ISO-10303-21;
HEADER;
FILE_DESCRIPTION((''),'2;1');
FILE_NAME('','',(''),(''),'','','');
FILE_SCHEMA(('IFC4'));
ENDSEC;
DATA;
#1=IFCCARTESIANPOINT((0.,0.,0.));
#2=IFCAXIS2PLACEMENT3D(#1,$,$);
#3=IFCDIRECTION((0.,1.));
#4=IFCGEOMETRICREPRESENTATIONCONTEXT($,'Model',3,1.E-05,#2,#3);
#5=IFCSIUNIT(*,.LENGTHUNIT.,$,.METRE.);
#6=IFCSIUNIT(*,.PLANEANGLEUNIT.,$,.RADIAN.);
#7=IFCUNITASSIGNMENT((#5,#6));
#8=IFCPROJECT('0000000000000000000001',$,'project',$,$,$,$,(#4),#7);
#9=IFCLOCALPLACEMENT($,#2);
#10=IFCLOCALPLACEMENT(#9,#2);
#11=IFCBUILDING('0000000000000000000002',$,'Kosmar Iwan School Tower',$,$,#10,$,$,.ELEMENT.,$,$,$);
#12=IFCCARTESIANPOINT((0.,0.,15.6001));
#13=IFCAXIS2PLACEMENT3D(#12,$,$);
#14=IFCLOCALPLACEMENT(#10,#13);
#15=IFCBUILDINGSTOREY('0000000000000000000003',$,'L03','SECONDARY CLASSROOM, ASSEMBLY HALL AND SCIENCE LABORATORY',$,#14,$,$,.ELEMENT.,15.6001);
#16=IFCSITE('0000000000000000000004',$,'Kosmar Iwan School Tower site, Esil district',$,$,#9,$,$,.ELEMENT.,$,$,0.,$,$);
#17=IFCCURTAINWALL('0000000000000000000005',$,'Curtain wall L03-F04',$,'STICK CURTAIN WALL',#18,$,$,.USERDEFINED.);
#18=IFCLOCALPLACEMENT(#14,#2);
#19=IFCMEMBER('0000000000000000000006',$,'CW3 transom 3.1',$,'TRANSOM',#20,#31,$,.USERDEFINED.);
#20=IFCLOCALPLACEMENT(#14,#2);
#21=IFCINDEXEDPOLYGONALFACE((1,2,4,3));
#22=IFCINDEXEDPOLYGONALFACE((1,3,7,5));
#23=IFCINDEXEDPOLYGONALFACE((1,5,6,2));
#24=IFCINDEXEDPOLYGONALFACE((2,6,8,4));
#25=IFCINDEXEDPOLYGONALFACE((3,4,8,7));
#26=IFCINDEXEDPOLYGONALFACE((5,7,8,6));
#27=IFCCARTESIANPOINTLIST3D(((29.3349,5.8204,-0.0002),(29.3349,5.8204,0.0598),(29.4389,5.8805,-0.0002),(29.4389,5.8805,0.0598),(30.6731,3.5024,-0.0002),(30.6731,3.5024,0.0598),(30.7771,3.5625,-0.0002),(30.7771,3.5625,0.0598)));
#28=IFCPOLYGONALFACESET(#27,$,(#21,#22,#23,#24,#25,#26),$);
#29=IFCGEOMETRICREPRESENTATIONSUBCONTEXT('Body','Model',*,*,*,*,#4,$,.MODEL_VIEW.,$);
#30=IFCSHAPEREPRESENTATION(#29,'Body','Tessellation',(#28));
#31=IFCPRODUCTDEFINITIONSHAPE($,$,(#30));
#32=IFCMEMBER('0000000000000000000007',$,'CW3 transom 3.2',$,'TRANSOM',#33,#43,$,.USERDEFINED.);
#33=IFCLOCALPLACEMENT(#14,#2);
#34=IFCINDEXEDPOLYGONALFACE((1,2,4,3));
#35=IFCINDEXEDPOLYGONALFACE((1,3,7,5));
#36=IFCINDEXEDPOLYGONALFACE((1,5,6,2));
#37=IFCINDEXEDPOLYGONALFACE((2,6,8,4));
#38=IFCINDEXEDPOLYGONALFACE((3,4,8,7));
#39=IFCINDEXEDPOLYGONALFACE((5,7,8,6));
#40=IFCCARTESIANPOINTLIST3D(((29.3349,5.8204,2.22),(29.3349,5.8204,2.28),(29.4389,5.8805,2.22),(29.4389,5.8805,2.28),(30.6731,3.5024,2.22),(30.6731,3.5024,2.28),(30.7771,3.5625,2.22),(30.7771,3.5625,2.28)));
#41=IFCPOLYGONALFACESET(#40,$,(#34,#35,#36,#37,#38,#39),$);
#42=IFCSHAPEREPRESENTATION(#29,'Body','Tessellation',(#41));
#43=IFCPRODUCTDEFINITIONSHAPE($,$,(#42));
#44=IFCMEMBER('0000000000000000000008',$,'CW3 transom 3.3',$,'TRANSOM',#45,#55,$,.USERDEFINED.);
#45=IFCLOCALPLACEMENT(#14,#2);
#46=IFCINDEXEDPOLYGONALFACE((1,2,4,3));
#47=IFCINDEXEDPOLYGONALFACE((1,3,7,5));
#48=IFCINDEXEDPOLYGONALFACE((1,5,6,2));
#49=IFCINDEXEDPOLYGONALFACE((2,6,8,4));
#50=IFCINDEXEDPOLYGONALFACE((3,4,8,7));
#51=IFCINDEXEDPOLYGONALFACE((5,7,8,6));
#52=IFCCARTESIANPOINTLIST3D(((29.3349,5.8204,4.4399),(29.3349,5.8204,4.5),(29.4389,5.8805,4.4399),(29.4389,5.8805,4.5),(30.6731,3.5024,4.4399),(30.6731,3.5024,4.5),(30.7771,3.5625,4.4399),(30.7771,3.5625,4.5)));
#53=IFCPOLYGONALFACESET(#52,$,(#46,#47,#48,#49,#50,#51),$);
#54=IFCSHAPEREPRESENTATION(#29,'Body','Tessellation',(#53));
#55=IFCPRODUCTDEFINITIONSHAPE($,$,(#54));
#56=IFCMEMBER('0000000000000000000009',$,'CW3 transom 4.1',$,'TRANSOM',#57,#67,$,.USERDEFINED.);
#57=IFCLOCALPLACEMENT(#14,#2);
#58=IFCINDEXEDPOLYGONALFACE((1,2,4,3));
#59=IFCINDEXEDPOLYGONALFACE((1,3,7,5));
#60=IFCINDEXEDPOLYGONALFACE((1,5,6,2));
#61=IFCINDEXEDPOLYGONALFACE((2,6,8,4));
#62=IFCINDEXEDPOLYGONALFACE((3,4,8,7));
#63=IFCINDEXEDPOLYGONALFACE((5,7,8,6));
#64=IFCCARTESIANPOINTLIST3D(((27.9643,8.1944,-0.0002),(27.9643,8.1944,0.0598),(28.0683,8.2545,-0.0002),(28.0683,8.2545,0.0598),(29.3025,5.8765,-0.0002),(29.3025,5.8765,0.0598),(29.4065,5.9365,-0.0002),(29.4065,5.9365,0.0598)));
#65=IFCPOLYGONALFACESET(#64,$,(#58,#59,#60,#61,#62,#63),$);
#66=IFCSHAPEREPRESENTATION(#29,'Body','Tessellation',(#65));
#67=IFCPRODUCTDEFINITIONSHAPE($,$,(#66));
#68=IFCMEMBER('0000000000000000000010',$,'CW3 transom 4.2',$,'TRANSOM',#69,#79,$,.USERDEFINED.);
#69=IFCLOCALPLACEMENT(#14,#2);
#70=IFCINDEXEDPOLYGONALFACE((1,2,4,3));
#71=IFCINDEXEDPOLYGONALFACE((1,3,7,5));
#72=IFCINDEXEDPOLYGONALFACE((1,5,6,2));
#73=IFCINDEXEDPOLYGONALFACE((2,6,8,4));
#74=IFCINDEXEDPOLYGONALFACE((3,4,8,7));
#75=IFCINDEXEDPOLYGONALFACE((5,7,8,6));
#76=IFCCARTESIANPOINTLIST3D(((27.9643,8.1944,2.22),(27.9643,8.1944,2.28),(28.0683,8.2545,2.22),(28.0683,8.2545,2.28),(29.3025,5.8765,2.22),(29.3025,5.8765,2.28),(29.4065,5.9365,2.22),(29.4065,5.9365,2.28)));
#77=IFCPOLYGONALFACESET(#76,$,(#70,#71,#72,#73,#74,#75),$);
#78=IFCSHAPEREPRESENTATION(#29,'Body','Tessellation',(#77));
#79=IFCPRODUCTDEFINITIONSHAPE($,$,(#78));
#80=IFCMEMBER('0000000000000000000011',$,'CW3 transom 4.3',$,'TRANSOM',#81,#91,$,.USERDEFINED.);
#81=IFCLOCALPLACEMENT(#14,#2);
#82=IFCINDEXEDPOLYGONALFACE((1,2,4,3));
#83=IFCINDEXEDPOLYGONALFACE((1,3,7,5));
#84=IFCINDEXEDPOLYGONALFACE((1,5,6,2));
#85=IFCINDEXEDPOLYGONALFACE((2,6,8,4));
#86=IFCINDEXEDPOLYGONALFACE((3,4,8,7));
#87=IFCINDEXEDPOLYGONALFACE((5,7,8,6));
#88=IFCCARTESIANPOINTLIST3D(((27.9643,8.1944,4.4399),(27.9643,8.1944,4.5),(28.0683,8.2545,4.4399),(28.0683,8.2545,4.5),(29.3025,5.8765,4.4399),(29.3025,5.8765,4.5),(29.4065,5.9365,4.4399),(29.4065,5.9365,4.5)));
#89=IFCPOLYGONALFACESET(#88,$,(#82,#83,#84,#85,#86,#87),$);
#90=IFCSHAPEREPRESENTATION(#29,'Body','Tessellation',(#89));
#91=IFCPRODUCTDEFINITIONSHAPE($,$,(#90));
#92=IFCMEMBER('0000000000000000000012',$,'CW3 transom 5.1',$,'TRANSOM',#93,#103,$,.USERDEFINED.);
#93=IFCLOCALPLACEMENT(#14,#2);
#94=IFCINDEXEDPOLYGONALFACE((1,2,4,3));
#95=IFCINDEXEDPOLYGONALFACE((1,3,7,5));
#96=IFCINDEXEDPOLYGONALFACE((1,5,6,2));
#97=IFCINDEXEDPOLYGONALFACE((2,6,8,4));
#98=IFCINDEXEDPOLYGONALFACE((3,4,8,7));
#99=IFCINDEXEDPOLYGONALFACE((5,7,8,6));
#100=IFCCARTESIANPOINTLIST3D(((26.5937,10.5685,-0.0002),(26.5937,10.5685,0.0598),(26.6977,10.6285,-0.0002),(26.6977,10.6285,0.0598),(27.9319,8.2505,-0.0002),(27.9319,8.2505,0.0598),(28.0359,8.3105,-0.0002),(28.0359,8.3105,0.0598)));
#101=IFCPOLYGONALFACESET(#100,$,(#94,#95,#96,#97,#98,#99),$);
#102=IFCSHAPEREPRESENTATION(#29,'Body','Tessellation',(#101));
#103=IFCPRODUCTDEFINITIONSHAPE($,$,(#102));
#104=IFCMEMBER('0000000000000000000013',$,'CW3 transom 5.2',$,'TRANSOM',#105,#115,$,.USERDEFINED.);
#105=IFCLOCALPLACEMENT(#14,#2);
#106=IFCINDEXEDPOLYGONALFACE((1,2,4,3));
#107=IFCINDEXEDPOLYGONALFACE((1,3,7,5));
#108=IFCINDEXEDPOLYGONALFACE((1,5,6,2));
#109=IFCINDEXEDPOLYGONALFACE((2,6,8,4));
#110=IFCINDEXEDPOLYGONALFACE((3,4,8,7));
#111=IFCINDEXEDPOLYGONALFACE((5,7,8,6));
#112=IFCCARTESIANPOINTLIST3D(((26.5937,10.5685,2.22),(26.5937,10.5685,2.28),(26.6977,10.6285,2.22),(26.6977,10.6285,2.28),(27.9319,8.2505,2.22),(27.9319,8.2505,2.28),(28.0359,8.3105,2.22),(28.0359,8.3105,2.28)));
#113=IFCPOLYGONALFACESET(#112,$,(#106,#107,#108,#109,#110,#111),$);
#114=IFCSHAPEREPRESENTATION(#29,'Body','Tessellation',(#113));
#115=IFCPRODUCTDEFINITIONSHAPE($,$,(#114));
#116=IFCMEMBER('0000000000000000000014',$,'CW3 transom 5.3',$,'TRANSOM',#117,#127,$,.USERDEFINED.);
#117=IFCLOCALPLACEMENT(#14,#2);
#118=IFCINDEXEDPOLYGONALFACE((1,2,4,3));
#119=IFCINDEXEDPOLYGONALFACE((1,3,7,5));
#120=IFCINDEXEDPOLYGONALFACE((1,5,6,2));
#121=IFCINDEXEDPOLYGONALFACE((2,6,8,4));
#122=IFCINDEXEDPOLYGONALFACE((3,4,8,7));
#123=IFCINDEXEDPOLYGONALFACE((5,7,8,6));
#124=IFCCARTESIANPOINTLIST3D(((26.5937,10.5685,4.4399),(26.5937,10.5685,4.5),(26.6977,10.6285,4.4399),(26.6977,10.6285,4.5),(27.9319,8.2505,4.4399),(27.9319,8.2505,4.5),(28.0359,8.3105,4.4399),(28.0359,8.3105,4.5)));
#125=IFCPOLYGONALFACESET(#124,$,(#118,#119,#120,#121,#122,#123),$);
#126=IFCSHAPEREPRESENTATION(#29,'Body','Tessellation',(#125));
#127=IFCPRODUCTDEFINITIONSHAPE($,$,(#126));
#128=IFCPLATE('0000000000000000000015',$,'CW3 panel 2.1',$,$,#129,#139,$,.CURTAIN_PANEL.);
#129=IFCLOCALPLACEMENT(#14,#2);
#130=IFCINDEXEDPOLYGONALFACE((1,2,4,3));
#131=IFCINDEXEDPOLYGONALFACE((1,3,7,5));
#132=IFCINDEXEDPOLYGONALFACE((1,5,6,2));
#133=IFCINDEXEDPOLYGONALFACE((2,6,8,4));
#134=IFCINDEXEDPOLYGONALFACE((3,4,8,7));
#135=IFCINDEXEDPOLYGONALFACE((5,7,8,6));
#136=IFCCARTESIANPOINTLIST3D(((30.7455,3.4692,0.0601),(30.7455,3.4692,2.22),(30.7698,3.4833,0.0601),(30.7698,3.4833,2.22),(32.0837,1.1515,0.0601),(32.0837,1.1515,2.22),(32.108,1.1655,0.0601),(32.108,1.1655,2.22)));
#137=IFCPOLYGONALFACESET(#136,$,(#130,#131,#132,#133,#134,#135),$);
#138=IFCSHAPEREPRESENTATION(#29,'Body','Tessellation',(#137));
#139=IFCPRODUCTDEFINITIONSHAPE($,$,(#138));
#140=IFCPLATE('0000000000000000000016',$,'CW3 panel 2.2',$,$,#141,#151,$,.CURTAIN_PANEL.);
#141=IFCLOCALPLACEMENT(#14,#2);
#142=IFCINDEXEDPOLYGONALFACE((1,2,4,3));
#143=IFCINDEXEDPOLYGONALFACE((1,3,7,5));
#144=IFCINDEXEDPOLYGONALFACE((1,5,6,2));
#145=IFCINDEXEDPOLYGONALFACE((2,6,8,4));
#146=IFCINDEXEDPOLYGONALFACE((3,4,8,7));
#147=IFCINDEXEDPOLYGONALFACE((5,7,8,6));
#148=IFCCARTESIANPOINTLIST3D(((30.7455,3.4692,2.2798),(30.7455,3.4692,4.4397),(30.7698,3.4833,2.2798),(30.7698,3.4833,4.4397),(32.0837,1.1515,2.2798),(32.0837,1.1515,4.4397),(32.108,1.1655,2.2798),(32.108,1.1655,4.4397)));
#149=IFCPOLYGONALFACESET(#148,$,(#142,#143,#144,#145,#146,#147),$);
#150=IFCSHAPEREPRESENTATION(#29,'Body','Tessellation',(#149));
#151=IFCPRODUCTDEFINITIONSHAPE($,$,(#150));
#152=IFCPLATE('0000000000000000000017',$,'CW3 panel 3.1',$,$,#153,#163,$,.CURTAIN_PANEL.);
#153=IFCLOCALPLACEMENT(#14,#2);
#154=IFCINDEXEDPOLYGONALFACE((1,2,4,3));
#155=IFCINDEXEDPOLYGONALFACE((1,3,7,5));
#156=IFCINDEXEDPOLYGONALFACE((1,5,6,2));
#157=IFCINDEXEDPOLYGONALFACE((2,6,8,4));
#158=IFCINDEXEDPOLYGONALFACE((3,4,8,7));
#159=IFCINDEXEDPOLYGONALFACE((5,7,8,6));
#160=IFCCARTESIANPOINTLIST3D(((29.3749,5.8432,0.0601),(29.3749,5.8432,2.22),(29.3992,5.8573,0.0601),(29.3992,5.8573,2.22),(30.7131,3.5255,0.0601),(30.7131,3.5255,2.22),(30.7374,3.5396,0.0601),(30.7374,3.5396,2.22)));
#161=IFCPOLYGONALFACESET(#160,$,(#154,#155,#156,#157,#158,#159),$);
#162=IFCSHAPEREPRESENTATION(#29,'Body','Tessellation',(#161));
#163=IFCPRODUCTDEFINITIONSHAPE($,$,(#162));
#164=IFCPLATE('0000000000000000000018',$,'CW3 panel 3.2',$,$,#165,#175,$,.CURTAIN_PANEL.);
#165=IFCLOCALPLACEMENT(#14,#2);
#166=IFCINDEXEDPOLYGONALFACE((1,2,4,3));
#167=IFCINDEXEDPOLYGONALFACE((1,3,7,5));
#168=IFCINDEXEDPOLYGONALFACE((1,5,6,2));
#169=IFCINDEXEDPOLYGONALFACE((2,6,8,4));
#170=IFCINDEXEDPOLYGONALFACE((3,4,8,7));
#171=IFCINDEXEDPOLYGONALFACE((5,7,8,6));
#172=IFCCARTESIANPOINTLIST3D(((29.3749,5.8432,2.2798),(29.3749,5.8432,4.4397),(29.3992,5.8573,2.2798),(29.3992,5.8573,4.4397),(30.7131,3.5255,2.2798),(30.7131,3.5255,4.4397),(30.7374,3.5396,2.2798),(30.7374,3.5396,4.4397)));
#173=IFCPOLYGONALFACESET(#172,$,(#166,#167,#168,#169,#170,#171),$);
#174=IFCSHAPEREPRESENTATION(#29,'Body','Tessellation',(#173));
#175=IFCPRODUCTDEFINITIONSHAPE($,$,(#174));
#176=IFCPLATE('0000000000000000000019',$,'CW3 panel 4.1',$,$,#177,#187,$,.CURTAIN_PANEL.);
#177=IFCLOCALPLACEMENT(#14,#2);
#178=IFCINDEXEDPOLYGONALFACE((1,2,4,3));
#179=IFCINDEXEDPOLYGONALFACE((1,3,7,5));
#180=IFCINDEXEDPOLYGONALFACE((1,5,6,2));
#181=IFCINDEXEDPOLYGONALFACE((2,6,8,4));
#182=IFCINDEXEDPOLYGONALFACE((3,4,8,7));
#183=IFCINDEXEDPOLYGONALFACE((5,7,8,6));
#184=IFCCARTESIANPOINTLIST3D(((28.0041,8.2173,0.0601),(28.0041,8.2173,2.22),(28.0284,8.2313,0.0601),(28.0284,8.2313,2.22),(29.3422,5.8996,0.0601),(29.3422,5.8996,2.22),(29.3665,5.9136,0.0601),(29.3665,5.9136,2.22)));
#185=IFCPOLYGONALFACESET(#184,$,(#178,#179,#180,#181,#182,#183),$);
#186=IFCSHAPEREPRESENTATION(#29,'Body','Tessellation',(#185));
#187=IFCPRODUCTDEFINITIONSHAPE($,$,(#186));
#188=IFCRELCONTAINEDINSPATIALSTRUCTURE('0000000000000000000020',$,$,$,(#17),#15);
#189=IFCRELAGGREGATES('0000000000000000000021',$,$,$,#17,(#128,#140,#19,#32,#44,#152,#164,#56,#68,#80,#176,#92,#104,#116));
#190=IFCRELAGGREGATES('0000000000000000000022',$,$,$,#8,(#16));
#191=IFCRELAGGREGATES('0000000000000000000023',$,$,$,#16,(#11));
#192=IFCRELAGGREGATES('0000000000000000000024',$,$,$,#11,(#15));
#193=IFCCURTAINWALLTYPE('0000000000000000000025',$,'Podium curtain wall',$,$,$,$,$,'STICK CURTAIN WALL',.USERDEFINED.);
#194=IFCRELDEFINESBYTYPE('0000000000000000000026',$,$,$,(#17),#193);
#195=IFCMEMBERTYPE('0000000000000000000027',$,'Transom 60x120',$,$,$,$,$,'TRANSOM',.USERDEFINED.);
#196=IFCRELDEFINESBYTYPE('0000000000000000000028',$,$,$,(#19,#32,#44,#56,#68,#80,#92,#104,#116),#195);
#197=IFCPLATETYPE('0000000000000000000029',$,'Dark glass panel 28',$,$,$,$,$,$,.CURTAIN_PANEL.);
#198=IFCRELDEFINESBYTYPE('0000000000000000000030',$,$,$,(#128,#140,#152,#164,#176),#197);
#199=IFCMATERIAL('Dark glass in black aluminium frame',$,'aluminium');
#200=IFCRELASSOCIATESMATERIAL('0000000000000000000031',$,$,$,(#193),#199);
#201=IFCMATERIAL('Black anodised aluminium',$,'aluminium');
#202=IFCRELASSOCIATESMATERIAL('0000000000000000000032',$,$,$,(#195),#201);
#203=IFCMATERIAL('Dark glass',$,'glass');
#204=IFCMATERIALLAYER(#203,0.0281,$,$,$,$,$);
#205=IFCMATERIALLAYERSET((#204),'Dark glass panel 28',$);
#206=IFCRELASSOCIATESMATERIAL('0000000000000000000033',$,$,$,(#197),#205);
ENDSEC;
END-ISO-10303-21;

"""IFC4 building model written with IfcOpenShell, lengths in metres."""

from ifc_helpers import new_model, si_unit, direction, frame, origin, origin_2d, place, context, subcontext, project, spatial, rectangle, extrude, material, layer, layer_set, material_profile, profile_set, type_object, element, aggregate, save


model = new_model("IFC4")

# Units and contexts
model_context = context("Model", 3, precision=1e-05, world=origin(), true_north=direction((0.0, 1.0)))
body_context = subcontext(model_context, "Body", "Model", "MODEL_VIEW")
ifc_project = project(units=[si_unit("LENGTHUNIT", "METRE"), si_unit("PLANEANGLEUNIT", "RADIAN")], contexts=[model_context])

# Site, building, storey
site_placement = place(None, origin())
site = spatial("IfcSite", under=ifc_project, at=site_placement, Name="Kosmar Iwan School Tower site, Esil district", CompositionType="ELEMENT", RefElevation=0.0)
building_placement = place(site_placement, origin())
building = spatial("IfcBuilding", under=site, at=building_placement, Name="Kosmar Iwan School Tower", CompositionType="ELEMENT")
storey_placement = place(building_placement, frame((0.0, 0.0, 15.6001)))
storey = spatial("IfcBuildingStorey", under=building, at=storey_placement, Name="L03", Description="SECONDARY CLASSROOM, ASSEMBLY HALL AND SCIENCE LABORATORY", CompositionType="ELEMENT", Elevation=15.6001)

# Curtain wall, members, plates
ifc_material_1 = material(Name="Dark glass in black aluminium frame", Category="aluminium")
curtain_wall_type = type_object("IfcCurtainWallType", Name="Podium curtain wall", ElementType="STICK CURTAIN WALL", PredefinedType="USERDEFINED", material=ifc_material_1)
curtain_wall_placement = place(storey_placement, origin())
curtain_wall = element("IfcCurtainWall", 1, at=curtain_wall_placement, inside=storey, type_object=curtain_wall_type, Name="Curtain wall L03-F04", ObjectType="STICK CURTAIN WALL", PredefinedType="USERDEFINED")
ifc_material_2 = material(Name="Black anodised aluminium", Category="aluminium")
ifc_material_profile_1 = material_profile(ifc_material_2, rectangle(XDim=0.1201, YDim=0.0601, at=origin_2d()), Name="TRANSOM 60x120")
ifc_profile_set_1 = profile_set([ifc_material_profile_1], Name="Black anodised aluminium")
member_type_1 = type_object("IfcMemberType", Name="Transom 60x120", ElementType="TRANSOM", PredefinedType="USERDEFINED", material=ifc_profile_set_1)
member_1_placement = place(storey_placement, frame((30.7251, 3.5325, 0.0298), z_axis=(-0.499975, 0.86604, 0.0), x_axis=(-0.86604, -0.499975, 0.0)))
member_1 = element("IfcMember", 2, at=member_1_placement, type_object=member_type_1, Name="CW3 transom 3.1", ObjectType="TRANSOM", PredefinedType="USERDEFINED", context=body_context, shape_type="SweptSolid", body=[
    extrude(rectangle(XDim=0.1201, YDim=0.0601, at=origin_2d()), origin(), (0.0, 0.0, 1.0), 2.6765),
])
member_2_placement = place(storey_placement, frame((30.7251, 3.5325, 2.25), z_axis=(-0.499975, 0.86604, 0.0), x_axis=(-0.86604, -0.499975, 0.0)))
member_2 = element("IfcMember", 3, at=member_2_placement, type_object=member_type_1, Name="CW3 transom 3.2", ObjectType="TRANSOM", PredefinedType="USERDEFINED", context=body_context, shape_type="SweptSolid", body=[
    extrude(rectangle(XDim=0.1201, YDim=0.0601, at=origin_2d()), origin(), (0.0, 0.0, 1.0), 2.6765),
])
member_3_placement = place(storey_placement, frame((30.7251, 3.5325, 4.47), z_axis=(-0.499975, 0.86604, 0.0), x_axis=(-0.86604, -0.499975, 0.0)))
member_3 = element("IfcMember", 4, at=member_3_placement, type_object=member_type_1, Name="CW3 transom 3.3", ObjectType="TRANSOM", PredefinedType="USERDEFINED", context=body_context, shape_type="SweptSolid", body=[
    extrude(rectangle(XDim=0.1201, YDim=0.0601, at=origin_2d()), origin(), (0.0, 0.0, 1.0), 2.6765),
])
member_4_placement = place(storey_placement, frame((29.3545, 5.9065, 0.0298), z_axis=(-0.499975, 0.86604, 0.0), x_axis=(-0.86604, -0.499975, 0.0)))
member_4 = element("IfcMember", 5, at=member_4_placement, type_object=member_type_1, Name="CW3 transom 4.1", ObjectType="TRANSOM", PredefinedType="USERDEFINED", context=body_context, shape_type="SweptSolid", body=[
    extrude(rectangle(XDim=0.1201, YDim=0.0601, at=origin_2d()), origin(), (0.0, 0.0, 1.0), 2.6765),
])
member_5_placement = place(storey_placement, frame((29.3545, 5.9065, 2.25), z_axis=(-0.499975, 0.86604, 0.0), x_axis=(-0.86604, -0.499975, 0.0)))
member_5 = element("IfcMember", 6, at=member_5_placement, type_object=member_type_1, Name="CW3 transom 4.2", ObjectType="TRANSOM", PredefinedType="USERDEFINED", context=body_context, shape_type="SweptSolid", body=[
    extrude(rectangle(XDim=0.1201, YDim=0.0601, at=origin_2d()), origin(), (0.0, 0.0, 1.0), 2.6765),
])
member_6_placement = place(storey_placement, frame((29.3545, 5.9065, 4.47), z_axis=(-0.499975, 0.86604, 0.0), x_axis=(-0.86604, -0.499975, 0.0)))
member_6 = element("IfcMember", 7, at=member_6_placement, type_object=member_type_1, Name="CW3 transom 4.3", ObjectType="TRANSOM", PredefinedType="USERDEFINED", context=body_context, shape_type="SweptSolid", body=[
    extrude(rectangle(XDim=0.1201, YDim=0.0601, at=origin_2d()), origin(), (0.0, 0.0, 1.0), 2.6765),
])
member_7_placement = place(storey_placement, frame((27.9839, 8.2805, 0.0298), z_axis=(-0.499975, 0.86604, 0.0), x_axis=(-0.86604, -0.499975, 0.0)))
member_7 = element("IfcMember", 8, at=member_7_placement, type_object=member_type_1, Name="CW3 transom 5.1", ObjectType="TRANSOM", PredefinedType="USERDEFINED", context=body_context, shape_type="SweptSolid", body=[
    extrude(rectangle(XDim=0.1201, YDim=0.0601, at=origin_2d()), origin(), (0.0, 0.0, 1.0), 2.6765),
])
member_8_placement = place(storey_placement, frame((27.9839, 8.2805, 2.25), z_axis=(-0.499975, 0.86604, 0.0), x_axis=(-0.86604, -0.499975, 0.0)))
member_8 = element("IfcMember", 9, at=member_8_placement, type_object=member_type_1, Name="CW3 transom 5.2", ObjectType="TRANSOM", PredefinedType="USERDEFINED", context=body_context, shape_type="SweptSolid", body=[
    extrude(rectangle(XDim=0.1201, YDim=0.0601, at=origin_2d()), origin(), (0.0, 0.0, 1.0), 2.6765),
])
member_9_placement = place(storey_placement, frame((27.9839, 8.2805, 4.47), z_axis=(-0.499975, 0.86604, 0.0), x_axis=(-0.86604, -0.499975, 0.0)))
member_9 = element("IfcMember", 10, at=member_9_placement, type_object=member_type_1, Name="CW3 transom 5.3", ObjectType="TRANSOM", PredefinedType="USERDEFINED", context=body_context, shape_type="SweptSolid", body=[
    extrude(rectangle(XDim=0.1201, YDim=0.0601, at=origin_2d()), origin(), (0.0, 0.0, 1.0), 2.6765),
])
ifc_material_3 = material(Name="Dark glass", Category="glass")
ifc_layer = layer(ifc_material_3, 0.0281)
ifc_layer_set = layer_set([ifc_layer], Name="Dark glass panel 28")
plate_type = type_object("IfcPlateType", Name="Dark glass panel 28", PredefinedType="CURTAIN_PANEL", material=ifc_layer_set)
plate_1_placement = place(storey_placement, frame((31.4268, 2.3174, 0.0601), z_axis=(0.0, 0.0, 1.0), x_axis=(-0.5, 0.866025, 0.0)))
plate_1 = element("IfcPlate", 11, at=plate_1_placement, type_object=plate_type, Name="CW3 panel 2.1", PredefinedType="CURTAIN_PANEL", context=body_context, shape_type="SweptSolid", body=[
    extrude(rectangle(XDim=2.6763, YDim=0.0281, at=origin_2d()), origin(), (0.0, 0.0, 1.0), 2.1599),
])
plate_2_placement = place(storey_placement, frame((31.4268, 2.3174, 2.2798), z_axis=(0.0, 0.0, 1.0), x_axis=(-0.5, 0.866025, 0.0)))
plate_2 = element("IfcPlate", 12, at=plate_2_placement, type_object=plate_type, Name="CW3 panel 2.2", PredefinedType="CURTAIN_PANEL", context=body_context, shape_type="SweptSolid", body=[
    extrude(rectangle(XDim=2.6763, YDim=0.0281, at=origin_2d()), origin(), (0.0, 0.0, 1.0), 2.1599),
])
plate_3_placement = place(storey_placement, frame((30.0562, 4.6914, 0.0601), z_axis=(0.0, 0.0, 1.0), x_axis=(-0.5, 0.866025, 0.0)))
plate_3 = element("IfcPlate", 13, at=plate_3_placement, type_object=plate_type, Name="CW3 panel 3.1", PredefinedType="CURTAIN_PANEL", context=body_context, shape_type="SweptSolid", body=[
    extrude(rectangle(XDim=2.6763, YDim=0.0281, at=origin_2d()), origin(), (0.0, 0.0, 1.0), 2.1599),
])
plate_4_placement = place(storey_placement, frame((30.0562, 4.6914, 2.2798), z_axis=(0.0, 0.0, 1.0), x_axis=(-0.5, 0.866025, 0.0)))
plate_4 = element("IfcPlate", 14, at=plate_4_placement, type_object=plate_type, Name="CW3 panel 3.2", PredefinedType="CURTAIN_PANEL", context=body_context, shape_type="SweptSolid", body=[
    extrude(rectangle(XDim=2.6763, YDim=0.0281, at=origin_2d()), origin(), (0.0, 0.0, 1.0), 2.1599),
])
plate_5_placement = place(storey_placement, frame((28.6853, 7.0654, 0.0601), z_axis=(0.0, 0.0, 1.0), x_axis=(-0.5, 0.866025, 0.0)))
plate_5 = element("IfcPlate", 15, at=plate_5_placement, type_object=plate_type, Name="CW3 panel 4.1", PredefinedType="CURTAIN_PANEL", context=body_context, shape_type="SweptSolid", body=[
    extrude(rectangle(XDim=2.6763, YDim=0.0281, at=origin_2d()), origin(), (0.0, 0.0, 1.0), 2.1599),
])
aggregate(curtain_wall, [plate_1, plate_2, member_1, member_2, member_3, plate_3, plate_4, member_4, member_5, member_6, plate_5, member_7, member_8, member_9])

save(model, "model.ifc")
